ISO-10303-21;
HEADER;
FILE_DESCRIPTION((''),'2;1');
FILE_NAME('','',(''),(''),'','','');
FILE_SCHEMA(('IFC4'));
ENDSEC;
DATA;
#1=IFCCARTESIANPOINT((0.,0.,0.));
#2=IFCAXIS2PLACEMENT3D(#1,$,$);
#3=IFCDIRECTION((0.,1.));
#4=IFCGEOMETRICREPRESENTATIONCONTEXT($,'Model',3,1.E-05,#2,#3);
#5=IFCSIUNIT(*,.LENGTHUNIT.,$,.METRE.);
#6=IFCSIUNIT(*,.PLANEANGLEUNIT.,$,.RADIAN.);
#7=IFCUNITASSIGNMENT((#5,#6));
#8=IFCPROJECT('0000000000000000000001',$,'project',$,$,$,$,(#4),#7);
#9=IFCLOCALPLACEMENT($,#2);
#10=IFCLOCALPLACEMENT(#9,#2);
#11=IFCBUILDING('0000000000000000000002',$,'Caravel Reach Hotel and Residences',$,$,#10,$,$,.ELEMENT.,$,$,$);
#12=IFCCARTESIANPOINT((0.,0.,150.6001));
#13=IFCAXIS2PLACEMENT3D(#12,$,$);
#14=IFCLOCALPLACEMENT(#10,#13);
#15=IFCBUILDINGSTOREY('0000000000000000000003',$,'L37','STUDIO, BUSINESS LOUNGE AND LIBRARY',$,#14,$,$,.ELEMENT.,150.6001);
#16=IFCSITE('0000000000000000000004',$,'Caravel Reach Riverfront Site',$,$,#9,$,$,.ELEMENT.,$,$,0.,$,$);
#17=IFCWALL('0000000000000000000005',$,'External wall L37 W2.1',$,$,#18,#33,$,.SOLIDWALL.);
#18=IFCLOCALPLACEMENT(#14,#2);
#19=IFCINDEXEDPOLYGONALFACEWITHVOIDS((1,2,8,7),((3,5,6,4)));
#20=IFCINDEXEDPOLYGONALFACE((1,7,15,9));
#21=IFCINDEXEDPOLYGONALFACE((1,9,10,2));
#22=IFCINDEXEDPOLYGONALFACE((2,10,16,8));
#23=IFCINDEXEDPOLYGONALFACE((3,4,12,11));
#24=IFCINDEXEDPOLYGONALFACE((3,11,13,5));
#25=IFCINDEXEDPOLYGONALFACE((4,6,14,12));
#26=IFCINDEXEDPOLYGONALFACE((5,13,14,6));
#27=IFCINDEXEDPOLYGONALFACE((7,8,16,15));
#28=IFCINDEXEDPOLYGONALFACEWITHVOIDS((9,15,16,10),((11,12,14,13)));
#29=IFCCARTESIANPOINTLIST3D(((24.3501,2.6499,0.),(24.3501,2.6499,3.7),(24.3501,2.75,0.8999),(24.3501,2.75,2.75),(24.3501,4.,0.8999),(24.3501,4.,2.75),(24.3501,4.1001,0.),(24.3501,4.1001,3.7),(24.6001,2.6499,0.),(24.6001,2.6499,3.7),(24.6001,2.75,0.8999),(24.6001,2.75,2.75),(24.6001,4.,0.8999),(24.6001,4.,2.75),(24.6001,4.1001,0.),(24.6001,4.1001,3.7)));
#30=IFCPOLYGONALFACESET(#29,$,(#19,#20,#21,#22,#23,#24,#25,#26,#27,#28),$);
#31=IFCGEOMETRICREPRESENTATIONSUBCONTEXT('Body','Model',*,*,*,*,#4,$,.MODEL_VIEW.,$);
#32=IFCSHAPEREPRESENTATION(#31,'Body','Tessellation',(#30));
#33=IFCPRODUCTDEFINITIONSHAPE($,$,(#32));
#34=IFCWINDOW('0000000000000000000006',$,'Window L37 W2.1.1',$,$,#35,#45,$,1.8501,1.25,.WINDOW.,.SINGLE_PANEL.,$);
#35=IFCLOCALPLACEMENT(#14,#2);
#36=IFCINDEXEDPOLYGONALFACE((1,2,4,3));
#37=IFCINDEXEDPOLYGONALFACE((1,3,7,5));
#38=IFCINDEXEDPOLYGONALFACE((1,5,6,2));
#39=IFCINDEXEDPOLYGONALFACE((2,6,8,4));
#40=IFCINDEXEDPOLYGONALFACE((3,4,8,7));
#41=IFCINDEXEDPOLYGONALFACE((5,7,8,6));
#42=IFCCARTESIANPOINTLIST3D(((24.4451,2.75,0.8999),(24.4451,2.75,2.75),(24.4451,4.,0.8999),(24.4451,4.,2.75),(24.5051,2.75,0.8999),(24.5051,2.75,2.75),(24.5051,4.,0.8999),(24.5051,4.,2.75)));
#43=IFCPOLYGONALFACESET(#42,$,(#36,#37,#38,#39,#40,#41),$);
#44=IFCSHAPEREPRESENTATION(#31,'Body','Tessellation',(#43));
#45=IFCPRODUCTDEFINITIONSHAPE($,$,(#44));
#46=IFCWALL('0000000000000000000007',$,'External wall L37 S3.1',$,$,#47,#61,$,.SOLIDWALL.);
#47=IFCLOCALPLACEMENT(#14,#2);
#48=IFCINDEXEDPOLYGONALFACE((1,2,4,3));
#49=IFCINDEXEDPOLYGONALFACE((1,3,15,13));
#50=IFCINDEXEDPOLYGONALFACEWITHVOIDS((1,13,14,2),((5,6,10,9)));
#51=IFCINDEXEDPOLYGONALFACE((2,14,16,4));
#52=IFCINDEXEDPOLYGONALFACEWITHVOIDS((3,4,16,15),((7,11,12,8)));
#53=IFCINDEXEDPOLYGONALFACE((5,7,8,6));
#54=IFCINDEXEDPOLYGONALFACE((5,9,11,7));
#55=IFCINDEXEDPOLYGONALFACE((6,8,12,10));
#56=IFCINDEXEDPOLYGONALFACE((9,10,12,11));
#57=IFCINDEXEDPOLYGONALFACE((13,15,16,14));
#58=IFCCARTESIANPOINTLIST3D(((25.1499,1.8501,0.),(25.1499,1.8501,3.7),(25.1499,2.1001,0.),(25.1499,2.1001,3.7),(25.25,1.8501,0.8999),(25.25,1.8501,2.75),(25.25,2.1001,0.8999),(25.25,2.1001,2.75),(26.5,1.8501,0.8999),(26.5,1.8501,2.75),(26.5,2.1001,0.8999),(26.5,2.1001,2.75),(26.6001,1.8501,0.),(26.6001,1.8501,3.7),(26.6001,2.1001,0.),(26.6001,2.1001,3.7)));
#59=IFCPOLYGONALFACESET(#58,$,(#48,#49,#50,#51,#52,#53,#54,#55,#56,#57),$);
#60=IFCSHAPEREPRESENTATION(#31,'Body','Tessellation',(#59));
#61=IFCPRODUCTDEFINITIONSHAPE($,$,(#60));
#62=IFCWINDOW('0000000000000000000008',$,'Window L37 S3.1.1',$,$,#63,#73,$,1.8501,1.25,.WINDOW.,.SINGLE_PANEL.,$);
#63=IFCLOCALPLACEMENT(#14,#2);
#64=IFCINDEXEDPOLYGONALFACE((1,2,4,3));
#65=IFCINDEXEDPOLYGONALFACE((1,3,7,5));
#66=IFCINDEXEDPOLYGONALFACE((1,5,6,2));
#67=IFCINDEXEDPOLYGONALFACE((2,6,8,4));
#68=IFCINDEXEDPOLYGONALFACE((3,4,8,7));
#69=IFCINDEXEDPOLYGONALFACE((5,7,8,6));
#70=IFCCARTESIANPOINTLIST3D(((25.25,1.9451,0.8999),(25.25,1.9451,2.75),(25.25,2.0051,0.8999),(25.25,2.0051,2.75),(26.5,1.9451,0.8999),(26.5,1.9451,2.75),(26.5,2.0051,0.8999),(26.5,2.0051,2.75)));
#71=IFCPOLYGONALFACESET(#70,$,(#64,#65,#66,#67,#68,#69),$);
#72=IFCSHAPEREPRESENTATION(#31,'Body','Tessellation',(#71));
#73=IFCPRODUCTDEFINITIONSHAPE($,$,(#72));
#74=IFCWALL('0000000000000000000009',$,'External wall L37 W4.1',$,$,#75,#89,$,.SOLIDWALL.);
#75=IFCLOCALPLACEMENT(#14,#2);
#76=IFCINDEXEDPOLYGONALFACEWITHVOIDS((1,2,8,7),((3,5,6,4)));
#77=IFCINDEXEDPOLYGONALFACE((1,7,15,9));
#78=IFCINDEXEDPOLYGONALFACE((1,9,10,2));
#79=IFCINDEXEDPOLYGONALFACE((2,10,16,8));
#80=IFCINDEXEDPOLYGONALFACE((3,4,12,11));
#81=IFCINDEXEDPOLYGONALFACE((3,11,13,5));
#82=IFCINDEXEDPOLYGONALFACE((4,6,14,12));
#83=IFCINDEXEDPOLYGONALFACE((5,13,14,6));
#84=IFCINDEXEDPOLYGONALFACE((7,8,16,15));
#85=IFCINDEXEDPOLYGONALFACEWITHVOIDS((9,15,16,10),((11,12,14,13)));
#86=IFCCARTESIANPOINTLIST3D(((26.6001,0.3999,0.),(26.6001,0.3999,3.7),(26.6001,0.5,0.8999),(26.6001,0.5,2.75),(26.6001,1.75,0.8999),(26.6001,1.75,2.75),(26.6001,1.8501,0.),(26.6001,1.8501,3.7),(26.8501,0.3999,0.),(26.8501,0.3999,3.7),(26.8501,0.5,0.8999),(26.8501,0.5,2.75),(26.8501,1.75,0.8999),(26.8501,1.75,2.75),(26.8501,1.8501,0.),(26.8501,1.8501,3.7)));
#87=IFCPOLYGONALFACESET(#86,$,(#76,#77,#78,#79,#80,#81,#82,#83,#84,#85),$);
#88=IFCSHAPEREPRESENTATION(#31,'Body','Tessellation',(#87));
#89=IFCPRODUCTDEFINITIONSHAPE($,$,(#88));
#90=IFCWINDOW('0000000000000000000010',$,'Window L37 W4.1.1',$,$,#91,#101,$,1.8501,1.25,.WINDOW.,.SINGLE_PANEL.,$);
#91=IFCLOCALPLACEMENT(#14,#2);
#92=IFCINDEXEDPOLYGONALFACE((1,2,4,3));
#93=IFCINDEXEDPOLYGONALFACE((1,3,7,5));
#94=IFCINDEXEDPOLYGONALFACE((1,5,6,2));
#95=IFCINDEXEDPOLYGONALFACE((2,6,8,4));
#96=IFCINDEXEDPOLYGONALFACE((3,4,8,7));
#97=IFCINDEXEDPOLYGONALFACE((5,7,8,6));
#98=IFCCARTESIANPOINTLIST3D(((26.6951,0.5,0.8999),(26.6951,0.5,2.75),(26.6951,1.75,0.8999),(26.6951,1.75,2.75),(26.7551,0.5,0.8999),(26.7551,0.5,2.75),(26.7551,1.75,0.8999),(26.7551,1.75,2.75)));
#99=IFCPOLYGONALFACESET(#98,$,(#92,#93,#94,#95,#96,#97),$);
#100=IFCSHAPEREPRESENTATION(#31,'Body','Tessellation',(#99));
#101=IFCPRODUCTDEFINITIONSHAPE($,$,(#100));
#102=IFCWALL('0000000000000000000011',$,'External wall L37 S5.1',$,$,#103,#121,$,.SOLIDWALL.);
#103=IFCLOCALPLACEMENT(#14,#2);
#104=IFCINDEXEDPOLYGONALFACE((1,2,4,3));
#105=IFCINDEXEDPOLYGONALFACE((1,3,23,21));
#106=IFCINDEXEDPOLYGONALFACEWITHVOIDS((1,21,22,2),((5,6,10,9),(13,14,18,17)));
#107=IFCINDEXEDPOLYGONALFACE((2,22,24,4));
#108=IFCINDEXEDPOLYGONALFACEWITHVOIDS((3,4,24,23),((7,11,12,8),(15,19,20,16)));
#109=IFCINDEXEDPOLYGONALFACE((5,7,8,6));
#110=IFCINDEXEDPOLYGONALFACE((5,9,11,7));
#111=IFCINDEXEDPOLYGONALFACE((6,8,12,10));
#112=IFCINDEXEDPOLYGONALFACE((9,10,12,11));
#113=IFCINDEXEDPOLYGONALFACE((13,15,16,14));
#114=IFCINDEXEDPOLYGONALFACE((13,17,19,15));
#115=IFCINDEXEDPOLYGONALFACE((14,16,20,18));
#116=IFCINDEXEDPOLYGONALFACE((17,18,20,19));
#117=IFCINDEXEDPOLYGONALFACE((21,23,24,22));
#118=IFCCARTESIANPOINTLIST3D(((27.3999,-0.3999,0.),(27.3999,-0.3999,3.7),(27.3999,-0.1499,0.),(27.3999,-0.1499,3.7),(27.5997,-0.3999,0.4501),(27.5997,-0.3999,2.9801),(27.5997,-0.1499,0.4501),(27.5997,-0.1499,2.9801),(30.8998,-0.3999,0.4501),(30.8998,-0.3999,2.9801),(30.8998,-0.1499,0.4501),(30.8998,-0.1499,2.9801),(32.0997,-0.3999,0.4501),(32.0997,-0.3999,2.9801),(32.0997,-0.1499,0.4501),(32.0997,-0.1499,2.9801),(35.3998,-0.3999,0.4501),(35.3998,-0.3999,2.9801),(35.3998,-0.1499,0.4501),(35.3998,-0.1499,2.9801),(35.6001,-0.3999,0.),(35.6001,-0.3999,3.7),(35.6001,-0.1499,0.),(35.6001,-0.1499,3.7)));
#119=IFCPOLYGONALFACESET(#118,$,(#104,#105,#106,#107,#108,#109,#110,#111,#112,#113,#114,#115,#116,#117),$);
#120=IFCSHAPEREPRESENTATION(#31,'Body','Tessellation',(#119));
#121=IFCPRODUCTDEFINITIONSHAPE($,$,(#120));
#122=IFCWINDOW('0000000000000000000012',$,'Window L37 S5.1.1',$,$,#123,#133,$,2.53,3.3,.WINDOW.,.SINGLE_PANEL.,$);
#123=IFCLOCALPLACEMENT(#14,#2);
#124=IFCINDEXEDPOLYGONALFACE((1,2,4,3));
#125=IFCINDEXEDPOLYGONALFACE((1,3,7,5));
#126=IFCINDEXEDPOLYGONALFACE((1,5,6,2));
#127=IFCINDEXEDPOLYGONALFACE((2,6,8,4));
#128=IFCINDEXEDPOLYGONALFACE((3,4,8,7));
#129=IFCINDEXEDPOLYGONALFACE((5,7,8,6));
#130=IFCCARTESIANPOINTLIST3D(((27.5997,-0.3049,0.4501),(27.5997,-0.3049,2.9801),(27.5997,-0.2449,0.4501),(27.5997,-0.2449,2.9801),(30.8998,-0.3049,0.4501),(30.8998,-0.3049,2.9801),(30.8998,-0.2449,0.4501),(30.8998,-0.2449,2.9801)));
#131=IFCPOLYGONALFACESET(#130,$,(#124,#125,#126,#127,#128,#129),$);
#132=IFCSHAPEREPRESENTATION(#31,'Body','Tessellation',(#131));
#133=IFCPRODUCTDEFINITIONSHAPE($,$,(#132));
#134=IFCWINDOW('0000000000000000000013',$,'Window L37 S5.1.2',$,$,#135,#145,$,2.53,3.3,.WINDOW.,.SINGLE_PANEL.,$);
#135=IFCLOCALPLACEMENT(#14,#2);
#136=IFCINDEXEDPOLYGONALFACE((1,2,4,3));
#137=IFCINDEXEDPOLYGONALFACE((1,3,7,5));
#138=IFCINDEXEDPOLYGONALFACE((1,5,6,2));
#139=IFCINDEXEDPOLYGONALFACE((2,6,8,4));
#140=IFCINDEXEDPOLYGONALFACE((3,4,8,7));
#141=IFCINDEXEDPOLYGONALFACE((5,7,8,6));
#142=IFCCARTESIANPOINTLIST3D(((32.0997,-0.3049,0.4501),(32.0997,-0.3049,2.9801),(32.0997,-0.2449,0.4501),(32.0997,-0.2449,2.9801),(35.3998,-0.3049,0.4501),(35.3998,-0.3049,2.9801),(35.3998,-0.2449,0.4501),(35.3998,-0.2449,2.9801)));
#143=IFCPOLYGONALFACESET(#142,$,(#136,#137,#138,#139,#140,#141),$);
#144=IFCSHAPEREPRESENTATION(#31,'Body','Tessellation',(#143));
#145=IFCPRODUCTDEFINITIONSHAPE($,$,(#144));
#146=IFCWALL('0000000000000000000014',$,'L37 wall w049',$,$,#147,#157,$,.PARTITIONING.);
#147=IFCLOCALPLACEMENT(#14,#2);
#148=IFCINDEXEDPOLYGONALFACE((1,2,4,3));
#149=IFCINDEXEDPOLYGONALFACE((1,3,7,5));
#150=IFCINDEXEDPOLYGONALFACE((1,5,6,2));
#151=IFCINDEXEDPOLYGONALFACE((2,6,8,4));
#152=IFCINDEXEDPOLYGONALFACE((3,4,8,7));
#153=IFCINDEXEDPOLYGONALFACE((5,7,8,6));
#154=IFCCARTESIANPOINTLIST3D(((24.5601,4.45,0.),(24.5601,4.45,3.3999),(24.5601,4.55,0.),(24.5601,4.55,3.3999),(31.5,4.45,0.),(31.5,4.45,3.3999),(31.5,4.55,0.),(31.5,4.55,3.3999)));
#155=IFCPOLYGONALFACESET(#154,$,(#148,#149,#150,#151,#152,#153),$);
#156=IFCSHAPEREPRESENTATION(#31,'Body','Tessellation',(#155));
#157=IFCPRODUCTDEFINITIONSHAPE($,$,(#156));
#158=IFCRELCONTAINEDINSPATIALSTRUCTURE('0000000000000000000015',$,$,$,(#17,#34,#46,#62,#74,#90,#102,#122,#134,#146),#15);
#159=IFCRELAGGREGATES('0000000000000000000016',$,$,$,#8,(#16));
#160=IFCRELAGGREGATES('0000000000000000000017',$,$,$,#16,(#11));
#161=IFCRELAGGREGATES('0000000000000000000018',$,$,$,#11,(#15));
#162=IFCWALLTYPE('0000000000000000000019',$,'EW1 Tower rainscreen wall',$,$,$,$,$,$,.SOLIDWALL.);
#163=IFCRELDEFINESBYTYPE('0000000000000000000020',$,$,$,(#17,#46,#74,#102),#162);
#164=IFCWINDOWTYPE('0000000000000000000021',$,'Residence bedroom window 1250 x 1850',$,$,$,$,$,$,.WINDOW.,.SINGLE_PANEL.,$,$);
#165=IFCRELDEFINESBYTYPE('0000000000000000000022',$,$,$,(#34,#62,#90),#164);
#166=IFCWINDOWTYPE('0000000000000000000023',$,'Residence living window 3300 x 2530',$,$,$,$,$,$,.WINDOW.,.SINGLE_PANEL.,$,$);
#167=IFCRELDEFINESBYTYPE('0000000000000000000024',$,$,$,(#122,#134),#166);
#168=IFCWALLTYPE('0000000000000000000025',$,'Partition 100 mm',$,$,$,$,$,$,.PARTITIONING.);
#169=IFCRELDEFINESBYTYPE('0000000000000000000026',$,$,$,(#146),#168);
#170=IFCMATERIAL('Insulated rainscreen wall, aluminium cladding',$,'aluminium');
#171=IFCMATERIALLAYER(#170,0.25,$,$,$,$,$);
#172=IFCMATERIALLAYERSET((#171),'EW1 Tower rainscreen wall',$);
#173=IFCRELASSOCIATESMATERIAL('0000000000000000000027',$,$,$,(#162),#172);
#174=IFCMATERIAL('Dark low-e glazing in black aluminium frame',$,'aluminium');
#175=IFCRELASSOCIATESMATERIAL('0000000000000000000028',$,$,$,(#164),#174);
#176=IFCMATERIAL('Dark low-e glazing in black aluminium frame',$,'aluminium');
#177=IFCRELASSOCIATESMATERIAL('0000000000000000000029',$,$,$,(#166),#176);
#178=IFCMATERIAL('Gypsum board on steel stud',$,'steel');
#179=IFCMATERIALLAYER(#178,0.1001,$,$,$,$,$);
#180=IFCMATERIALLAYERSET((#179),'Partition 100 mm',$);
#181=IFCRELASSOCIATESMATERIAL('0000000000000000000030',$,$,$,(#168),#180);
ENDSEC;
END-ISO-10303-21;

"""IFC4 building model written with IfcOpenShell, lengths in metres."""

from ifc_helpers import new_model, si_unit, direction, frame, frame_2d, origin, place, context, subcontext, project, spatial, rectangle, extrude, material, layer, layer_set, type_object, element, fill, save


model = new_model("IFC4")

# Units and contexts
model_context = context("Model", 3, precision=1e-05, world=origin(), true_north=direction((0.0, 1.0)))
body_context = subcontext(model_context, "Body", "Model", "MODEL_VIEW")
ifc_project = project(units=[si_unit("LENGTHUNIT", "METRE"), si_unit("PLANEANGLEUNIT", "RADIAN")], contexts=[model_context])

# Site, building, storey
site_placement = place(None, origin())
site = spatial("IfcSite", under=ifc_project, at=site_placement, Name="Caravel Reach Riverfront Site", CompositionType="ELEMENT", RefElevation=0.0)
building_placement = place(site_placement, origin())
building = spatial("IfcBuilding", under=site, at=building_placement, Name="Caravel Reach Hotel and Residences", CompositionType="ELEMENT")
storey_placement = place(building_placement, frame((0.0, 0.0, 150.6001)))
storey = spatial("IfcBuildingStorey", under=building, at=storey_placement, Name="L37", Description="STUDIO, BUSINESS LOUNGE AND LIBRARY", CompositionType="ELEMENT", Elevation=150.6001)

# Walls, openings, windows
ifc_material_1 = material(Name="Insulated rainscreen wall, aluminium cladding", Category="aluminium")
ifc_layer_1 = layer(ifc_material_1, 0.25)
ifc_layer_set_1 = layer_set([ifc_layer_1], Name="EW1 Tower rainscreen wall")
wall_type_1 = type_object("IfcWallType", Name="EW1 Tower rainscreen wall", PredefinedType="SOLIDWALL", material=ifc_layer_set_1)
wall_1_placement = place(storey_placement, frame((24.4751, 4.1001, 0.0), z_axis=(0.0, 0.0, 1.0), x_axis=(0.0, -1.0, 0.0)))
wall_1 = element("IfcWall", 1, at=wall_1_placement, inside=storey, type_object=wall_type_1, Name="External wall L37 W2.1", PredefinedType="SOLIDWALL", context=body_context, shape_type="SweptSolid", body=[
    extrude(rectangle(XDim=1.4502, YDim=0.25, at=frame_2d((0.7251, 0.0))), origin(), (0.0, 0.0, 1.0), 3.7),
])
opening_1_placement = place(wall_1_placement, frame((0.1001, 0.0, 0.8999)))
opening_1 = element("IfcOpeningElement", 2, at=opening_1_placement, cuts=wall_1, PredefinedType="OPENING", context=body_context, shape_type="SweptSolid", body=[
    extrude(rectangle(XDim=1.25, YDim=1.8501, at=frame_2d((0.625, 0.925))), frame((0.0, 0.135, 0.0), z_axis=(0.0, -1.0, 0.0), x_axis=(1.0, 0.0, 0.0)), (0.0, 0.0, 1.0), 0.27),
])
ifc_material_2 = material(Name="Dark low-e glazing in black aluminium frame", Category="aluminium")
window_type_1 = type_object("IfcWindowType", Name="Residence bedroom window 1250 x 1850", PartitioningType="SINGLE_PANEL", PredefinedType="WINDOW", material=ifc_material_2)
window_1_placement = place(opening_1_placement, origin())
window_1 = element("IfcWindow", 3, at=window_1_placement, inside=storey, type_object=window_type_1, Name="Window L37 W2.1.1", OverallHeight=1.8501, OverallWidth=1.25, PartitioningType="SINGLE_PANEL", PredefinedType="WINDOW", context=body_context, shape_type="SweptSolid", body=[
    extrude(rectangle(XDim=1.25, YDim=1.8501, at=frame_2d((0.625, 0.925))), frame((0.0, 0.03, 0.0), z_axis=(0.0, -1.0, 0.0), x_axis=(1.0, 0.0, 0.0)), (0.0, 0.0, 1.0), 0.0601),
])
fill(opening_1, window_1)
wall_2_placement = place(storey_placement, frame((25.1499, 1.9751, 0.0), z_axis=(0.0, 0.0, 1.0), x_axis=(1.0, 0.0, 0.0)))
wall_2 = element("IfcWall", 4, at=wall_2_placement, inside=storey, type_object=wall_type_1, Name="External wall L37 S3.1", PredefinedType="SOLIDWALL", context=body_context, shape_type="SweptSolid", body=[
    extrude(rectangle(XDim=1.4502, YDim=0.25, at=frame_2d((0.7251, 0.0))), origin(), (0.0, 0.0, 1.0), 3.7),
])
opening_2_placement = place(wall_2_placement, frame((0.1001, 0.0, 0.8999)))
opening_2 = element("IfcOpeningElement", 5, at=opening_2_placement, cuts=wall_2, PredefinedType="OPENING", context=body_context, shape_type="SweptSolid", body=[
    extrude(rectangle(XDim=1.25, YDim=1.8501, at=frame_2d((0.625, 0.925))), frame((0.0, 0.135, 0.0), z_axis=(0.0, -1.0, 0.0), x_axis=(1.0, 0.0, 0.0)), (0.0, 0.0, 1.0), 0.27),
])
window_2_placement = place(opening_2_placement, origin())
window_2 = element("IfcWindow", 6, at=window_2_placement, inside=storey, type_object=window_type_1, Name="Window L37 S3.1.1", OverallHeight=1.8501, OverallWidth=1.25, PartitioningType="SINGLE_PANEL", PredefinedType="WINDOW", context=body_context, shape_type="SweptSolid", body=[
    extrude(rectangle(XDim=1.25, YDim=1.8501, at=frame_2d((0.625, 0.925))), frame((0.0, 0.03, 0.0), z_axis=(0.0, -1.0, 0.0), x_axis=(1.0, 0.0, 0.0)), (0.0, 0.0, 1.0), 0.0601),
])
fill(opening_2, window_2)
wall_3_placement = place(storey_placement, frame((26.7251, 1.8501, 0.0), z_axis=(0.0, 0.0, 1.0), x_axis=(0.0, -1.0, 0.0)))
wall_3 = element("IfcWall", 7, at=wall_3_placement, inside=storey, type_object=wall_type_1, Name="External wall L37 W4.1", PredefinedType="SOLIDWALL", context=body_context, shape_type="SweptSolid", body=[
    extrude(rectangle(XDim=1.4502, YDim=0.25, at=frame_2d((0.7251, 0.0))), origin(), (0.0, 0.0, 1.0), 3.7),
])
opening_3_placement = place(wall_3_placement, frame((0.1001, 0.0, 0.8999)))
opening_3 = element("IfcOpeningElement", 8, at=opening_3_placement, cuts=wall_3, PredefinedType="OPENING", context=body_context, shape_type="SweptSolid", body=[
    extrude(rectangle(XDim=1.25, YDim=1.8501, at=frame_2d((0.625, 0.925))), frame((0.0, 0.135, 0.0), z_axis=(0.0, -1.0, 0.0), x_axis=(1.0, 0.0, 0.0)), (0.0, 0.0, 1.0), 0.27),
])
window_3_placement = place(opening_3_placement, origin())
window_3 = element("IfcWindow", 9, at=window_3_placement, inside=storey, type_object=window_type_1, Name="Window L37 W4.1.1", OverallHeight=1.8501, OverallWidth=1.25, PartitioningType="SINGLE_PANEL", PredefinedType="WINDOW", context=body_context, shape_type="SweptSolid", body=[
    extrude(rectangle(XDim=1.25, YDim=1.8501, at=frame_2d((0.625, 0.925))), frame((0.0, 0.03, 0.0), z_axis=(0.0, -1.0, 0.0), x_axis=(1.0, 0.0, 0.0)), (0.0, 0.0, 1.0), 0.0601),
])
fill(opening_3, window_3)

# Wall, openings, windows
wall_4_placement = place(storey_placement, frame((27.3999, -0.2749, 0.0), z_axis=(0.0, 0.0, 1.0), x_axis=(1.0, 0.0, 0.0)))
wall_4 = element("IfcWall", 10, at=wall_4_placement, inside=storey, type_object=wall_type_1, Name="External wall L37 S5.1", PredefinedType="SOLIDWALL", context=body_context, shape_type="SweptSolid", body=[
    extrude(rectangle(XDim=8.2002, YDim=0.25, at=frame_2d((4.1001, 0.0))), origin(), (0.0, 0.0, 1.0), 3.7),
])
opening_4_placement = place(wall_4_placement, frame((0.2, 0.0, 0.45)))
opening_4 = element("IfcOpeningElement", 11, at=opening_4_placement, cuts=wall_4, PredefinedType="OPENING", context=body_context, shape_type="SweptSolid", body=[
    extrude(rectangle(XDim=3.3, YDim=2.53, at=frame_2d((1.6499, 1.2651))), frame((0.0, 0.135, 0.0), z_axis=(0.0, -1.0, 0.0), x_axis=(1.0, 0.0, 0.0)), (0.0, 0.0, 1.0), 0.27),
])
opening_5_placement = place(wall_4_placement, frame((4.7, 0.0, 0.45)))
opening_5 = element("IfcOpeningElement", 12, at=opening_5_placement, cuts=wall_4, PredefinedType="OPENING", context=body_context, shape_type="SweptSolid", body=[
    extrude(rectangle(XDim=3.3, YDim=2.53, at=frame_2d((1.6499, 1.2651))), frame((0.0, 0.135, 0.0), z_axis=(0.0, -1.0, 0.0), x_axis=(1.0, 0.0, 0.0)), (0.0, 0.0, 1.0), 0.27),
])
ifc_material_3 = material(Name="Dark low-e glazing in black aluminium frame", Category="aluminium")
window_type_2 = type_object("IfcWindowType", Name="Residence living window 3300 x 2530", PartitioningType="SINGLE_PANEL", PredefinedType="WINDOW", material=ifc_material_3)
window_4_placement = place(opening_4_placement, origin())
window_4 = element("IfcWindow", 13, at=window_4_placement, inside=storey, type_object=window_type_2, Name="Window L37 S5.1.1", OverallHeight=2.53, OverallWidth=3.3, PartitioningType="SINGLE_PANEL", PredefinedType="WINDOW", context=body_context, shape_type="SweptSolid", body=[
    extrude(rectangle(XDim=3.3, YDim=2.53, at=frame_2d((1.6499, 1.2651))), frame((0.0, 0.03, 0.0), z_axis=(0.0, -1.0, 0.0), x_axis=(1.0, 0.0, 0.0)), (0.0, 0.0, 1.0), 0.0601),
])
fill(opening_4, window_4)
window_5_placement = place(opening_5_placement, origin())
window_5 = element("IfcWindow", 14, at=window_5_placement, inside=storey, type_object=window_type_2, Name="Window L37 S5.1.2", OverallHeight=2.53, OverallWidth=3.3, PartitioningType="SINGLE_PANEL", PredefinedType="WINDOW", context=body_context, shape_type="SweptSolid", body=[
    extrude(rectangle(XDim=3.3, YDim=2.53, at=frame_2d((1.6499, 1.2651))), frame((0.0, 0.03, 0.0), z_axis=(0.0, -1.0, 0.0), x_axis=(1.0, 0.0, 0.0)), (0.0, 0.0, 1.0), 0.0601),
])
fill(opening_5, window_5)

# Wall
ifc_material_4 = material(Name="Gypsum board on steel stud", Category="steel")
ifc_layer_2 = layer(ifc_material_4, 0.1001)
ifc_layer_set_2 = layer_set([ifc_layer_2], Name="Partition 100 mm")
wall_type_2 = type_object("IfcWallType", Name="Partition 100 mm", PredefinedType="PARTITIONING", material=ifc_layer_set_2)
wall_5_placement = place(storey_placement, frame((24.5601, 4.5, 0.0), z_axis=(0.0, 0.0, 1.0), x_axis=(1.0, 0.0, 0.0)))
element("IfcWall", 15, at=wall_5_placement, inside=storey, type_object=wall_type_2, Name="L37 wall w049", PredefinedType="PARTITIONING", context=body_context, shape_type="SweptSolid", body=[
    extrude(rectangle(XDim=6.9399, YDim=0.1001, at=frame_2d((3.47, 0.0))), origin(), (0.0, 0.0, 1.0), 3.3999),
])

save(model, "model.ifc")
